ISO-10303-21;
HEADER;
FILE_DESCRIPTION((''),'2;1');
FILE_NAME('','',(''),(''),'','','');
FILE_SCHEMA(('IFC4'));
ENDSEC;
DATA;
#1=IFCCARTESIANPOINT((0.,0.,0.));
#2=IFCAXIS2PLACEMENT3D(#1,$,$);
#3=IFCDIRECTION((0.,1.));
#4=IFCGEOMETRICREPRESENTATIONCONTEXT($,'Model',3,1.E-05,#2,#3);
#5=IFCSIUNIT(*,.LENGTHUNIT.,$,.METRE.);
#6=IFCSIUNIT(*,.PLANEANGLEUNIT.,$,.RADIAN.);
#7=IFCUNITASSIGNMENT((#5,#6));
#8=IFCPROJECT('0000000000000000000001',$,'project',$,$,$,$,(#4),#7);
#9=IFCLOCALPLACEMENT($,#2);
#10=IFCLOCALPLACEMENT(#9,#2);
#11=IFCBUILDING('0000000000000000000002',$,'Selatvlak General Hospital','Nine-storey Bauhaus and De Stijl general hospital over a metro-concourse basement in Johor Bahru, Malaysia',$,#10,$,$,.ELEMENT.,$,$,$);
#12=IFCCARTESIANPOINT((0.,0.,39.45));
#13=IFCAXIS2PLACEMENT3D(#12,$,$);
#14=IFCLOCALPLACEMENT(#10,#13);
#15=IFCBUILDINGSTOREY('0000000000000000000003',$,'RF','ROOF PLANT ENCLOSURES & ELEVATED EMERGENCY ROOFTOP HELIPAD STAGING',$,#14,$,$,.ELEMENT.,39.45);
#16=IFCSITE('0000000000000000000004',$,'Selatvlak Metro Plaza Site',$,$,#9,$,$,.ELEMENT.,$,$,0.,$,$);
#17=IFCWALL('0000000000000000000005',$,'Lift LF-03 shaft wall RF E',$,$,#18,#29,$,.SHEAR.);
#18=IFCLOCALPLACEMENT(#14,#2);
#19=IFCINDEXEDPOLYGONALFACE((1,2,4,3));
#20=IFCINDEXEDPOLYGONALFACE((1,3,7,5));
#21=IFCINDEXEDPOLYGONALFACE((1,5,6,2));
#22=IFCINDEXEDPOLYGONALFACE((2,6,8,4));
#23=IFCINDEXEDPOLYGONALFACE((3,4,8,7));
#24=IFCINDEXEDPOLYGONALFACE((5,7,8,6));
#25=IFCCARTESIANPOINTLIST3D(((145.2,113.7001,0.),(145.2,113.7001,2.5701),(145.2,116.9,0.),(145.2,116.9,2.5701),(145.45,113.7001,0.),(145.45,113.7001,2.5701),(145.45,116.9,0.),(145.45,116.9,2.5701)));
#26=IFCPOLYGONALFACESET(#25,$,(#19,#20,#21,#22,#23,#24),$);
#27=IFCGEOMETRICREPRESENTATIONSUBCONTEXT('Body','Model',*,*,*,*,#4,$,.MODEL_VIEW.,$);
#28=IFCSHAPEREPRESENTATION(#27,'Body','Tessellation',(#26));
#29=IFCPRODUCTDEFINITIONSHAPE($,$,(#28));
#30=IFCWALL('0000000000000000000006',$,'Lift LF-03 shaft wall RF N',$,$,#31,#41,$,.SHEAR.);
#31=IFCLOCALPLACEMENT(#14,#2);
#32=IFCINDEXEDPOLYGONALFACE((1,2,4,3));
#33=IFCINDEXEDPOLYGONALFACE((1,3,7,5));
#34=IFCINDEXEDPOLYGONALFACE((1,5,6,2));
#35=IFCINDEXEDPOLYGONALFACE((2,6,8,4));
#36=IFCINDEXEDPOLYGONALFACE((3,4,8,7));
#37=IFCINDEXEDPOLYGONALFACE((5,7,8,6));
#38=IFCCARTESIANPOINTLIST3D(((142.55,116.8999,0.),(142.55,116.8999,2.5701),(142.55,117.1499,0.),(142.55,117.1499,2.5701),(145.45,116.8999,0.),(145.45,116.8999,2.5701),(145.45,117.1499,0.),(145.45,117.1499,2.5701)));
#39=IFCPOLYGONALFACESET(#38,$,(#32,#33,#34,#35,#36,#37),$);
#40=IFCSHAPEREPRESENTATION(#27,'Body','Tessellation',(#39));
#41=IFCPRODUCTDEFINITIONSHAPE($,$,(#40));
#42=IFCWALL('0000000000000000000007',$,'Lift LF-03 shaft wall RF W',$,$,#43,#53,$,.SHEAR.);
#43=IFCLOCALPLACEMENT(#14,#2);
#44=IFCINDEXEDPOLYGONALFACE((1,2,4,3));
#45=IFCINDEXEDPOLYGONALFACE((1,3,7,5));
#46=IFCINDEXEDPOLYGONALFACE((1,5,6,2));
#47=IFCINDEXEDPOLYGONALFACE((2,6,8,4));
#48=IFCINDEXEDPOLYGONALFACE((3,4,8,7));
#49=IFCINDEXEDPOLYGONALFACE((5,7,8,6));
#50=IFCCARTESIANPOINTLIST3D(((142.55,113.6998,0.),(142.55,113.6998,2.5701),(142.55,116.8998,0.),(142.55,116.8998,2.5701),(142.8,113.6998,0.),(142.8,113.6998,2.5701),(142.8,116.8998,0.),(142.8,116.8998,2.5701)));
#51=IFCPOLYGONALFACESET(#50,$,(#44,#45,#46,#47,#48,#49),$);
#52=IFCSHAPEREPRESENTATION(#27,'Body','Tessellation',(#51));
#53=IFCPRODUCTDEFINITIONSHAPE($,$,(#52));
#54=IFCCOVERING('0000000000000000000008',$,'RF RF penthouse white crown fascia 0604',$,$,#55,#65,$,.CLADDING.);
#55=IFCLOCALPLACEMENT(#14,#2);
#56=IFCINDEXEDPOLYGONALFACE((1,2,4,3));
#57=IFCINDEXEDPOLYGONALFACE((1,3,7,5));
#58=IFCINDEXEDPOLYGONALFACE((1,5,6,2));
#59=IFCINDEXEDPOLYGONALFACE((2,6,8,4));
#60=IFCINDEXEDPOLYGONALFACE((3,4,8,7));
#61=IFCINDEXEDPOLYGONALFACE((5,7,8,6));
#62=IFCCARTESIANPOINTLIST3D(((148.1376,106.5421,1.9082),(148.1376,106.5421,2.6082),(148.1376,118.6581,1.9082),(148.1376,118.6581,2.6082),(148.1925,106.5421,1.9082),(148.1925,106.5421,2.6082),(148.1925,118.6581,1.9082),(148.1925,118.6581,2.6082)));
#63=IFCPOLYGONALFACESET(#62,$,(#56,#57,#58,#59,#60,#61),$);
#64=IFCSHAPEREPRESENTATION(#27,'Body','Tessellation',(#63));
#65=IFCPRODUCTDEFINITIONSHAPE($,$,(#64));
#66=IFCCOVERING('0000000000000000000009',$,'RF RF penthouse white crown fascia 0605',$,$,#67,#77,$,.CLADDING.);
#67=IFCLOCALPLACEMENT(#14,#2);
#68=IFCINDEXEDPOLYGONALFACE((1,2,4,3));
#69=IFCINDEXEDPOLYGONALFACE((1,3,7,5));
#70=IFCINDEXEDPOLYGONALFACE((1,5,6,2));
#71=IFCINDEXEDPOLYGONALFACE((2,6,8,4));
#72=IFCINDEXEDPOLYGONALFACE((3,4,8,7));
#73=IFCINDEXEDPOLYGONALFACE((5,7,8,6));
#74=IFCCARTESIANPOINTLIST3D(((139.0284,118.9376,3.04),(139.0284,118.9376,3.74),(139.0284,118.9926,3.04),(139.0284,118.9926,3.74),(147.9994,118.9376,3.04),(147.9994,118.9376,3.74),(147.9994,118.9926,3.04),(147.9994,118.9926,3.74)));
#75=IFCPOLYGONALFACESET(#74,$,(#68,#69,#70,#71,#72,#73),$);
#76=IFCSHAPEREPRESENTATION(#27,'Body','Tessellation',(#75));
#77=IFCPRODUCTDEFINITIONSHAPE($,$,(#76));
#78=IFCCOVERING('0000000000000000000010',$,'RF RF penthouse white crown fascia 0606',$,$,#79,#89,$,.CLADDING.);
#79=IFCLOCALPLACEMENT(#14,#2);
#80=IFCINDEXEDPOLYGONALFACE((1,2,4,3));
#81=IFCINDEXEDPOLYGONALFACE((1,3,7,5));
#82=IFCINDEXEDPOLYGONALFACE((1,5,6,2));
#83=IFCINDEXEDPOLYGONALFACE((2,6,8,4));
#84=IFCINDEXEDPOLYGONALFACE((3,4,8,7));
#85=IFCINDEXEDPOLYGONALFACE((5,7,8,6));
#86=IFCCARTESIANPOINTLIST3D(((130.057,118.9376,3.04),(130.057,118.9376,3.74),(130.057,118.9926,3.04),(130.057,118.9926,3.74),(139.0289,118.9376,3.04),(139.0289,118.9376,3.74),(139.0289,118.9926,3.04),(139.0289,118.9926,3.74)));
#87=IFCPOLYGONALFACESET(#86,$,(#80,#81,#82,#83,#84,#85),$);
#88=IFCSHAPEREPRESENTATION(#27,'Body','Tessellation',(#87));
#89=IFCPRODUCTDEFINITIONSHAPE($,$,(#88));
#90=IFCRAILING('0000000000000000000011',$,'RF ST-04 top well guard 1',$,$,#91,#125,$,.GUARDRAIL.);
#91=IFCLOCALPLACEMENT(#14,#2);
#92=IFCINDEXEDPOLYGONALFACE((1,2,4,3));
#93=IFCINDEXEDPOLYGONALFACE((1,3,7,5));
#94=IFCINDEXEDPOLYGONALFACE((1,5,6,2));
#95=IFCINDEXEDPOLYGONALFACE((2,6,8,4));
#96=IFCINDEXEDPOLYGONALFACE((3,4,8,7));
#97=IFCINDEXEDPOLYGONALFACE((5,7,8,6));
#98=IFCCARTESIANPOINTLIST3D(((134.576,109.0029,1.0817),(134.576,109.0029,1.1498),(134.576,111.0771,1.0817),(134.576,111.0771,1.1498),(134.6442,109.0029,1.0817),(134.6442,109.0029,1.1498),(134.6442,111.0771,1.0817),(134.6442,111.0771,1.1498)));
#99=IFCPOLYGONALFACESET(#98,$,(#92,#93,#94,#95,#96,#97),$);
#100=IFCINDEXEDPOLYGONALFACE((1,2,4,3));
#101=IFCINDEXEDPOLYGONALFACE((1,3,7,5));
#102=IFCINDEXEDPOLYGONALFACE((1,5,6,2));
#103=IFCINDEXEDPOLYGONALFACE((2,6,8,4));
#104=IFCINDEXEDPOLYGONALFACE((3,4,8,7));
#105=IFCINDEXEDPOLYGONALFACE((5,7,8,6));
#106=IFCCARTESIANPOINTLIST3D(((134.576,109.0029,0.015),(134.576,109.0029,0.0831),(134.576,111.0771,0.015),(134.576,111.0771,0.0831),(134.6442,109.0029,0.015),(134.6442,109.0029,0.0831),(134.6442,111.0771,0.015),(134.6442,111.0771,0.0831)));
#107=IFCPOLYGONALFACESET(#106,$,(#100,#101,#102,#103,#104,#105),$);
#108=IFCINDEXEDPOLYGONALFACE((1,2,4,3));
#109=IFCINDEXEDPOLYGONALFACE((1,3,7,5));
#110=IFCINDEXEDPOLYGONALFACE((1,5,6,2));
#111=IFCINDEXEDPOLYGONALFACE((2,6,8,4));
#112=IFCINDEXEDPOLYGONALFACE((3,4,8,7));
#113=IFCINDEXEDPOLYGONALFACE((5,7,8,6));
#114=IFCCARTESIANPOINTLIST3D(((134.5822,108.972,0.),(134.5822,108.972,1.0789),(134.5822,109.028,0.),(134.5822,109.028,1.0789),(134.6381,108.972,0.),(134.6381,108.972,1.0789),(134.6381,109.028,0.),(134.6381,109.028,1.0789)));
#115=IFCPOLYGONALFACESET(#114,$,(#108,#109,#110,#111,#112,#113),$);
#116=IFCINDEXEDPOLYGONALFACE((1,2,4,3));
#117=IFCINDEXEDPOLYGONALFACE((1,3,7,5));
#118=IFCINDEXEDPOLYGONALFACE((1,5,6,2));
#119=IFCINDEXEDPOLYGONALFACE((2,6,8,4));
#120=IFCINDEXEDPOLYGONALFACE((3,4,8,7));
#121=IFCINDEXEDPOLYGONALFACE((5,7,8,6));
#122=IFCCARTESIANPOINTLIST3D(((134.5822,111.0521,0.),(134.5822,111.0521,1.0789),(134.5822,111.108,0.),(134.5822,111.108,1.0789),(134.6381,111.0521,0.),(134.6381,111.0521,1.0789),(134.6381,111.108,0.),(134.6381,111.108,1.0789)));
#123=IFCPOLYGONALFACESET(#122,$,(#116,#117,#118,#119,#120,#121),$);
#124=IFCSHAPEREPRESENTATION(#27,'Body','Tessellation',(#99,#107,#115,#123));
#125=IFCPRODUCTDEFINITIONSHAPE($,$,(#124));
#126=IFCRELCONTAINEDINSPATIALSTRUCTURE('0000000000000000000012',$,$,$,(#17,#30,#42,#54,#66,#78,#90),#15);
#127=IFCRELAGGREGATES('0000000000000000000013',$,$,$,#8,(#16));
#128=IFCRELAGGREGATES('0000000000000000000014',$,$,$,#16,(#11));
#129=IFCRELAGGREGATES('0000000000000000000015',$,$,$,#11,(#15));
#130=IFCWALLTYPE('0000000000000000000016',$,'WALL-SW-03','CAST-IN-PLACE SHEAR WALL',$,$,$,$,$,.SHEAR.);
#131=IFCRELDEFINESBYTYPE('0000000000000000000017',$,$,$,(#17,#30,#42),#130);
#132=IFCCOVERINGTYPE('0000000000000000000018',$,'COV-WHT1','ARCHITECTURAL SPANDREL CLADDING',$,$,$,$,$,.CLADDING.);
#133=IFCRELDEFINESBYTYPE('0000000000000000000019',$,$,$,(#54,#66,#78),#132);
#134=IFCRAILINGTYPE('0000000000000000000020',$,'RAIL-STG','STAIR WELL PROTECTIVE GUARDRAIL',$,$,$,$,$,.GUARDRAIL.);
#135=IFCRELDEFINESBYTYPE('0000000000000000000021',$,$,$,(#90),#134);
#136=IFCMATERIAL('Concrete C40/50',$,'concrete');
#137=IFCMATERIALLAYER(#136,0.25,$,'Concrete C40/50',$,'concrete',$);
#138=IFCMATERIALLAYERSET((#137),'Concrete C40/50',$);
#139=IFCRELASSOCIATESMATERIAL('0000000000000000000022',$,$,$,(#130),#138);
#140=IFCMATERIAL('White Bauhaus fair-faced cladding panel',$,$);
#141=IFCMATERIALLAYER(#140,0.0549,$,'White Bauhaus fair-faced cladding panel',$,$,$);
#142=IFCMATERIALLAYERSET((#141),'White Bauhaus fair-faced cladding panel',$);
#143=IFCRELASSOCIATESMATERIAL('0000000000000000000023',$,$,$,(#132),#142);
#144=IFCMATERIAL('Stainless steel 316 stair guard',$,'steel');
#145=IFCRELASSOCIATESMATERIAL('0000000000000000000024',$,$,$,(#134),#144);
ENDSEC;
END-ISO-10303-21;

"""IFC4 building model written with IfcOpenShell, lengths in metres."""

from ifc_helpers import new_model, si_unit, direction, frame, frame_2d, origin, origin_2d, place, context, subcontext, project, spatial, rectangle, extrude, material, layer, layer_set, type_object, element, save


model = new_model("IFC4")

# Units and contexts
model_context = context("Model", 3, precision=1e-05, world=origin(), true_north=direction((0.0, 1.0)))
body_context = subcontext(model_context, "Body", "Model", "MODEL_VIEW")
ifc_project = project(units=[si_unit("LENGTHUNIT", "METRE"), si_unit("PLANEANGLEUNIT", "RADIAN")], contexts=[model_context])

# Site, building, storey
site_placement = place(None, origin())
site = spatial("IfcSite", under=ifc_project, at=site_placement, Name="Selatvlak Metro Plaza Site", CompositionType="ELEMENT", RefElevation=0.0)
building_placement = place(site_placement, origin())
building = spatial("IfcBuilding", under=site, at=building_placement, Name="Selatvlak General Hospital", Description="Nine-storey Bauhaus and De Stijl general hospital over a metro-concourse basement in Johor Bahru, Malaysia", CompositionType="ELEMENT")
storey_placement = place(building_placement, frame((0.0, 0.0, 39.45)))
storey = spatial("IfcBuildingStorey", under=building, at=storey_placement, Name="RF", Description="ROOF PLANT ENCLOSURES & ELEVATED EMERGENCY ROOFTOP HELIPAD STAGING", CompositionType="ELEMENT", Elevation=39.45)

# Shared definitions
ifc_material_1 = material(Name="Concrete C40/50", Category="concrete")

# Shared definitions
ifc_layer_1 = layer(ifc_material_1, 0.25, Name="Concrete C40/50", Category="concrete")
ifc_layer_set_1 = layer_set([ifc_layer_1], Name="Concrete C40/50")
wall_type_1 = type_object("IfcWallType", Name="WALL-SW-03", Description="CAST-IN-PLACE SHEAR WALL", PredefinedType="SHEAR", material=ifc_layer_set_1)

# Walls
wall_1_placement = place(storey_placement, frame((145.325, 113.7, 0.0), z_axis=(0.0, 0.0, 1.0), x_axis=(0.0, 1.0, 0.0)))
element("IfcWall", 1, at=wall_1_placement, inside=storey, type_object=wall_type_1, Name="Lift LF-03 shaft wall RF E", PredefinedType="SHEAR", context=body_context, shape_type="SweptSolid", body=[
    extrude(rectangle(XDim=3.2, YDim=0.25, at=frame_2d((1.6001, 0.0))), origin(), (0.0, 0.0, 1.0), 2.5701),
])
wall_2_placement = place(storey_placement, frame((145.45, 117.0249, 0.0), z_axis=(0.0, 0.0, 1.0), x_axis=(-1.0, 0.0, 0.0)))
element("IfcWall", 2, at=wall_2_placement, inside=storey, type_object=wall_type_1, Name="Lift LF-03 shaft wall RF N", PredefinedType="SHEAR", context=body_context, shape_type="SweptSolid", body=[
    extrude(rectangle(XDim=2.8999, YDim=0.25, at=frame_2d((1.45, 0.0))), origin(), (0.0, 0.0, 1.0), 2.5701),
])
wall_3_placement = place(storey_placement, frame((142.675, 116.8999, 0.0), z_axis=(0.0, 0.0, 1.0), x_axis=(0.0, -1.0, 0.0)))
element("IfcWall", 3, at=wall_3_placement, inside=storey, type_object=wall_type_1, Name="Lift LF-03 shaft wall RF W", PredefinedType="SHEAR", context=body_context, shape_type="SweptSolid", body=[
    extrude(rectangle(XDim=3.2, YDim=0.25, at=frame_2d((1.6001, 0.0))), origin(), (0.0, 0.0, 1.0), 2.5701),
])

# Coverings
ifc_material_2 = material(Name="White Bauhaus fair-faced cladding panel")
ifc_layer_2 = layer(ifc_material_2, 0.0549, Name="White Bauhaus fair-faced cladding panel")
ifc_layer_set_2 = layer_set([ifc_layer_2], Name="White Bauhaus fair-faced cladding panel")
covering_type = type_object("IfcCoveringType", Name="COV-WHT1", Description="ARCHITECTURAL SPANDREL CLADDING", PredefinedType="CLADDING", material=ifc_layer_set_2)
covering_1_placement = place(storey_placement, frame((148.165, 112.6001, 1.9082), z_axis=(0.0, 0.0, 1.0), x_axis=(0.0, 1.0, 0.0)))
element("IfcCovering", 4, at=covering_1_placement, inside=storey, type_object=covering_type, Name="RF RF penthouse white crown fascia 0604", PredefinedType="CLADDING", context=body_context, shape_type="SweptSolid", body=[
    extrude(rectangle(XDim=12.116, YDim=0.0549, at=origin_2d()), origin(), (0.0, 0.0, 1.0), 0.7),
])
covering_2_placement = place(storey_placement, frame((143.5139, 118.9651, 3.04), z_axis=(0.0, 0.0, 1.0), x_axis=(-1.0, 0.0, 0.0)))
element("IfcCovering", 5, at=covering_2_placement, inside=storey, type_object=covering_type, Name="RF RF penthouse white crown fascia 0605", PredefinedType="CLADDING", context=body_context, shape_type="SweptSolid", body=[
    extrude(rectangle(XDim=8.9709, YDim=0.0549, at=origin_2d()), origin(), (0.0, 0.0, 1.0), 0.7),
])
covering_3_placement = place(storey_placement, frame((134.543, 118.9651, 3.04), z_axis=(0.0, 0.0, 1.0), x_axis=(-1.0, 0.0, 0.0)))
element("IfcCovering", 6, at=covering_3_placement, inside=storey, type_object=covering_type, Name="RF RF penthouse white crown fascia 0606", PredefinedType="CLADDING", context=body_context, shape_type="SweptSolid", body=[
    extrude(rectangle(XDim=8.9719, YDim=0.0549, at=origin_2d()), origin(), (0.0, 0.0, 1.0), 0.7),
])

# Railing
ifc_material_3 = material(Name="Stainless steel 316 stair guard", Category="steel")
railing_type = type_object("IfcRailingType", Name="RAIL-STG", Description="STAIR WELL PROTECTIVE GUARDRAIL", PredefinedType="GUARDRAIL", material=ifc_material_3)
railing_1_placement = place(storey_placement, frame((134.6101, 109.0, 0.0)))
element("IfcRailing", 7, at=railing_1_placement, inside=storey, type_object=railing_type, Name="RF ST-04 top well guard 1", PredefinedType="GUARDRAIL", context=body_context, shape_type="SweptSolid", body=[
    extrude(rectangle(XDim=0.0681, YDim=0.0681, at=origin_2d()), frame((0.0, 0.0029, 1.1157), z_axis=(0.0, 1.0, 0.0), x_axis=(-1.0, 0.0, 0.0)), (0.0, 0.0, 1.0), 2.0742),
    extrude(rectangle(XDim=0.0681, YDim=0.0681, at=origin_2d()), frame((0.0, 0.0029, 0.0491), z_axis=(0.0, 1.0, 0.0), x_axis=(-1.0, 0.0, 0.0)), (0.0, 0.0, 1.0), 2.0742),
    extrude(rectangle(XDim=0.0559, YDim=0.0559, at=origin_2d()), origin(), (0.0, 0.0, 1.0), 1.0789),
    extrude(rectangle(XDim=0.0559, YDim=0.0559, at=origin_2d()), frame((0.0, 2.0801, 0.0)), (0.0, 0.0, 1.0), 1.0789),
])

save(model, "model.ifc")
